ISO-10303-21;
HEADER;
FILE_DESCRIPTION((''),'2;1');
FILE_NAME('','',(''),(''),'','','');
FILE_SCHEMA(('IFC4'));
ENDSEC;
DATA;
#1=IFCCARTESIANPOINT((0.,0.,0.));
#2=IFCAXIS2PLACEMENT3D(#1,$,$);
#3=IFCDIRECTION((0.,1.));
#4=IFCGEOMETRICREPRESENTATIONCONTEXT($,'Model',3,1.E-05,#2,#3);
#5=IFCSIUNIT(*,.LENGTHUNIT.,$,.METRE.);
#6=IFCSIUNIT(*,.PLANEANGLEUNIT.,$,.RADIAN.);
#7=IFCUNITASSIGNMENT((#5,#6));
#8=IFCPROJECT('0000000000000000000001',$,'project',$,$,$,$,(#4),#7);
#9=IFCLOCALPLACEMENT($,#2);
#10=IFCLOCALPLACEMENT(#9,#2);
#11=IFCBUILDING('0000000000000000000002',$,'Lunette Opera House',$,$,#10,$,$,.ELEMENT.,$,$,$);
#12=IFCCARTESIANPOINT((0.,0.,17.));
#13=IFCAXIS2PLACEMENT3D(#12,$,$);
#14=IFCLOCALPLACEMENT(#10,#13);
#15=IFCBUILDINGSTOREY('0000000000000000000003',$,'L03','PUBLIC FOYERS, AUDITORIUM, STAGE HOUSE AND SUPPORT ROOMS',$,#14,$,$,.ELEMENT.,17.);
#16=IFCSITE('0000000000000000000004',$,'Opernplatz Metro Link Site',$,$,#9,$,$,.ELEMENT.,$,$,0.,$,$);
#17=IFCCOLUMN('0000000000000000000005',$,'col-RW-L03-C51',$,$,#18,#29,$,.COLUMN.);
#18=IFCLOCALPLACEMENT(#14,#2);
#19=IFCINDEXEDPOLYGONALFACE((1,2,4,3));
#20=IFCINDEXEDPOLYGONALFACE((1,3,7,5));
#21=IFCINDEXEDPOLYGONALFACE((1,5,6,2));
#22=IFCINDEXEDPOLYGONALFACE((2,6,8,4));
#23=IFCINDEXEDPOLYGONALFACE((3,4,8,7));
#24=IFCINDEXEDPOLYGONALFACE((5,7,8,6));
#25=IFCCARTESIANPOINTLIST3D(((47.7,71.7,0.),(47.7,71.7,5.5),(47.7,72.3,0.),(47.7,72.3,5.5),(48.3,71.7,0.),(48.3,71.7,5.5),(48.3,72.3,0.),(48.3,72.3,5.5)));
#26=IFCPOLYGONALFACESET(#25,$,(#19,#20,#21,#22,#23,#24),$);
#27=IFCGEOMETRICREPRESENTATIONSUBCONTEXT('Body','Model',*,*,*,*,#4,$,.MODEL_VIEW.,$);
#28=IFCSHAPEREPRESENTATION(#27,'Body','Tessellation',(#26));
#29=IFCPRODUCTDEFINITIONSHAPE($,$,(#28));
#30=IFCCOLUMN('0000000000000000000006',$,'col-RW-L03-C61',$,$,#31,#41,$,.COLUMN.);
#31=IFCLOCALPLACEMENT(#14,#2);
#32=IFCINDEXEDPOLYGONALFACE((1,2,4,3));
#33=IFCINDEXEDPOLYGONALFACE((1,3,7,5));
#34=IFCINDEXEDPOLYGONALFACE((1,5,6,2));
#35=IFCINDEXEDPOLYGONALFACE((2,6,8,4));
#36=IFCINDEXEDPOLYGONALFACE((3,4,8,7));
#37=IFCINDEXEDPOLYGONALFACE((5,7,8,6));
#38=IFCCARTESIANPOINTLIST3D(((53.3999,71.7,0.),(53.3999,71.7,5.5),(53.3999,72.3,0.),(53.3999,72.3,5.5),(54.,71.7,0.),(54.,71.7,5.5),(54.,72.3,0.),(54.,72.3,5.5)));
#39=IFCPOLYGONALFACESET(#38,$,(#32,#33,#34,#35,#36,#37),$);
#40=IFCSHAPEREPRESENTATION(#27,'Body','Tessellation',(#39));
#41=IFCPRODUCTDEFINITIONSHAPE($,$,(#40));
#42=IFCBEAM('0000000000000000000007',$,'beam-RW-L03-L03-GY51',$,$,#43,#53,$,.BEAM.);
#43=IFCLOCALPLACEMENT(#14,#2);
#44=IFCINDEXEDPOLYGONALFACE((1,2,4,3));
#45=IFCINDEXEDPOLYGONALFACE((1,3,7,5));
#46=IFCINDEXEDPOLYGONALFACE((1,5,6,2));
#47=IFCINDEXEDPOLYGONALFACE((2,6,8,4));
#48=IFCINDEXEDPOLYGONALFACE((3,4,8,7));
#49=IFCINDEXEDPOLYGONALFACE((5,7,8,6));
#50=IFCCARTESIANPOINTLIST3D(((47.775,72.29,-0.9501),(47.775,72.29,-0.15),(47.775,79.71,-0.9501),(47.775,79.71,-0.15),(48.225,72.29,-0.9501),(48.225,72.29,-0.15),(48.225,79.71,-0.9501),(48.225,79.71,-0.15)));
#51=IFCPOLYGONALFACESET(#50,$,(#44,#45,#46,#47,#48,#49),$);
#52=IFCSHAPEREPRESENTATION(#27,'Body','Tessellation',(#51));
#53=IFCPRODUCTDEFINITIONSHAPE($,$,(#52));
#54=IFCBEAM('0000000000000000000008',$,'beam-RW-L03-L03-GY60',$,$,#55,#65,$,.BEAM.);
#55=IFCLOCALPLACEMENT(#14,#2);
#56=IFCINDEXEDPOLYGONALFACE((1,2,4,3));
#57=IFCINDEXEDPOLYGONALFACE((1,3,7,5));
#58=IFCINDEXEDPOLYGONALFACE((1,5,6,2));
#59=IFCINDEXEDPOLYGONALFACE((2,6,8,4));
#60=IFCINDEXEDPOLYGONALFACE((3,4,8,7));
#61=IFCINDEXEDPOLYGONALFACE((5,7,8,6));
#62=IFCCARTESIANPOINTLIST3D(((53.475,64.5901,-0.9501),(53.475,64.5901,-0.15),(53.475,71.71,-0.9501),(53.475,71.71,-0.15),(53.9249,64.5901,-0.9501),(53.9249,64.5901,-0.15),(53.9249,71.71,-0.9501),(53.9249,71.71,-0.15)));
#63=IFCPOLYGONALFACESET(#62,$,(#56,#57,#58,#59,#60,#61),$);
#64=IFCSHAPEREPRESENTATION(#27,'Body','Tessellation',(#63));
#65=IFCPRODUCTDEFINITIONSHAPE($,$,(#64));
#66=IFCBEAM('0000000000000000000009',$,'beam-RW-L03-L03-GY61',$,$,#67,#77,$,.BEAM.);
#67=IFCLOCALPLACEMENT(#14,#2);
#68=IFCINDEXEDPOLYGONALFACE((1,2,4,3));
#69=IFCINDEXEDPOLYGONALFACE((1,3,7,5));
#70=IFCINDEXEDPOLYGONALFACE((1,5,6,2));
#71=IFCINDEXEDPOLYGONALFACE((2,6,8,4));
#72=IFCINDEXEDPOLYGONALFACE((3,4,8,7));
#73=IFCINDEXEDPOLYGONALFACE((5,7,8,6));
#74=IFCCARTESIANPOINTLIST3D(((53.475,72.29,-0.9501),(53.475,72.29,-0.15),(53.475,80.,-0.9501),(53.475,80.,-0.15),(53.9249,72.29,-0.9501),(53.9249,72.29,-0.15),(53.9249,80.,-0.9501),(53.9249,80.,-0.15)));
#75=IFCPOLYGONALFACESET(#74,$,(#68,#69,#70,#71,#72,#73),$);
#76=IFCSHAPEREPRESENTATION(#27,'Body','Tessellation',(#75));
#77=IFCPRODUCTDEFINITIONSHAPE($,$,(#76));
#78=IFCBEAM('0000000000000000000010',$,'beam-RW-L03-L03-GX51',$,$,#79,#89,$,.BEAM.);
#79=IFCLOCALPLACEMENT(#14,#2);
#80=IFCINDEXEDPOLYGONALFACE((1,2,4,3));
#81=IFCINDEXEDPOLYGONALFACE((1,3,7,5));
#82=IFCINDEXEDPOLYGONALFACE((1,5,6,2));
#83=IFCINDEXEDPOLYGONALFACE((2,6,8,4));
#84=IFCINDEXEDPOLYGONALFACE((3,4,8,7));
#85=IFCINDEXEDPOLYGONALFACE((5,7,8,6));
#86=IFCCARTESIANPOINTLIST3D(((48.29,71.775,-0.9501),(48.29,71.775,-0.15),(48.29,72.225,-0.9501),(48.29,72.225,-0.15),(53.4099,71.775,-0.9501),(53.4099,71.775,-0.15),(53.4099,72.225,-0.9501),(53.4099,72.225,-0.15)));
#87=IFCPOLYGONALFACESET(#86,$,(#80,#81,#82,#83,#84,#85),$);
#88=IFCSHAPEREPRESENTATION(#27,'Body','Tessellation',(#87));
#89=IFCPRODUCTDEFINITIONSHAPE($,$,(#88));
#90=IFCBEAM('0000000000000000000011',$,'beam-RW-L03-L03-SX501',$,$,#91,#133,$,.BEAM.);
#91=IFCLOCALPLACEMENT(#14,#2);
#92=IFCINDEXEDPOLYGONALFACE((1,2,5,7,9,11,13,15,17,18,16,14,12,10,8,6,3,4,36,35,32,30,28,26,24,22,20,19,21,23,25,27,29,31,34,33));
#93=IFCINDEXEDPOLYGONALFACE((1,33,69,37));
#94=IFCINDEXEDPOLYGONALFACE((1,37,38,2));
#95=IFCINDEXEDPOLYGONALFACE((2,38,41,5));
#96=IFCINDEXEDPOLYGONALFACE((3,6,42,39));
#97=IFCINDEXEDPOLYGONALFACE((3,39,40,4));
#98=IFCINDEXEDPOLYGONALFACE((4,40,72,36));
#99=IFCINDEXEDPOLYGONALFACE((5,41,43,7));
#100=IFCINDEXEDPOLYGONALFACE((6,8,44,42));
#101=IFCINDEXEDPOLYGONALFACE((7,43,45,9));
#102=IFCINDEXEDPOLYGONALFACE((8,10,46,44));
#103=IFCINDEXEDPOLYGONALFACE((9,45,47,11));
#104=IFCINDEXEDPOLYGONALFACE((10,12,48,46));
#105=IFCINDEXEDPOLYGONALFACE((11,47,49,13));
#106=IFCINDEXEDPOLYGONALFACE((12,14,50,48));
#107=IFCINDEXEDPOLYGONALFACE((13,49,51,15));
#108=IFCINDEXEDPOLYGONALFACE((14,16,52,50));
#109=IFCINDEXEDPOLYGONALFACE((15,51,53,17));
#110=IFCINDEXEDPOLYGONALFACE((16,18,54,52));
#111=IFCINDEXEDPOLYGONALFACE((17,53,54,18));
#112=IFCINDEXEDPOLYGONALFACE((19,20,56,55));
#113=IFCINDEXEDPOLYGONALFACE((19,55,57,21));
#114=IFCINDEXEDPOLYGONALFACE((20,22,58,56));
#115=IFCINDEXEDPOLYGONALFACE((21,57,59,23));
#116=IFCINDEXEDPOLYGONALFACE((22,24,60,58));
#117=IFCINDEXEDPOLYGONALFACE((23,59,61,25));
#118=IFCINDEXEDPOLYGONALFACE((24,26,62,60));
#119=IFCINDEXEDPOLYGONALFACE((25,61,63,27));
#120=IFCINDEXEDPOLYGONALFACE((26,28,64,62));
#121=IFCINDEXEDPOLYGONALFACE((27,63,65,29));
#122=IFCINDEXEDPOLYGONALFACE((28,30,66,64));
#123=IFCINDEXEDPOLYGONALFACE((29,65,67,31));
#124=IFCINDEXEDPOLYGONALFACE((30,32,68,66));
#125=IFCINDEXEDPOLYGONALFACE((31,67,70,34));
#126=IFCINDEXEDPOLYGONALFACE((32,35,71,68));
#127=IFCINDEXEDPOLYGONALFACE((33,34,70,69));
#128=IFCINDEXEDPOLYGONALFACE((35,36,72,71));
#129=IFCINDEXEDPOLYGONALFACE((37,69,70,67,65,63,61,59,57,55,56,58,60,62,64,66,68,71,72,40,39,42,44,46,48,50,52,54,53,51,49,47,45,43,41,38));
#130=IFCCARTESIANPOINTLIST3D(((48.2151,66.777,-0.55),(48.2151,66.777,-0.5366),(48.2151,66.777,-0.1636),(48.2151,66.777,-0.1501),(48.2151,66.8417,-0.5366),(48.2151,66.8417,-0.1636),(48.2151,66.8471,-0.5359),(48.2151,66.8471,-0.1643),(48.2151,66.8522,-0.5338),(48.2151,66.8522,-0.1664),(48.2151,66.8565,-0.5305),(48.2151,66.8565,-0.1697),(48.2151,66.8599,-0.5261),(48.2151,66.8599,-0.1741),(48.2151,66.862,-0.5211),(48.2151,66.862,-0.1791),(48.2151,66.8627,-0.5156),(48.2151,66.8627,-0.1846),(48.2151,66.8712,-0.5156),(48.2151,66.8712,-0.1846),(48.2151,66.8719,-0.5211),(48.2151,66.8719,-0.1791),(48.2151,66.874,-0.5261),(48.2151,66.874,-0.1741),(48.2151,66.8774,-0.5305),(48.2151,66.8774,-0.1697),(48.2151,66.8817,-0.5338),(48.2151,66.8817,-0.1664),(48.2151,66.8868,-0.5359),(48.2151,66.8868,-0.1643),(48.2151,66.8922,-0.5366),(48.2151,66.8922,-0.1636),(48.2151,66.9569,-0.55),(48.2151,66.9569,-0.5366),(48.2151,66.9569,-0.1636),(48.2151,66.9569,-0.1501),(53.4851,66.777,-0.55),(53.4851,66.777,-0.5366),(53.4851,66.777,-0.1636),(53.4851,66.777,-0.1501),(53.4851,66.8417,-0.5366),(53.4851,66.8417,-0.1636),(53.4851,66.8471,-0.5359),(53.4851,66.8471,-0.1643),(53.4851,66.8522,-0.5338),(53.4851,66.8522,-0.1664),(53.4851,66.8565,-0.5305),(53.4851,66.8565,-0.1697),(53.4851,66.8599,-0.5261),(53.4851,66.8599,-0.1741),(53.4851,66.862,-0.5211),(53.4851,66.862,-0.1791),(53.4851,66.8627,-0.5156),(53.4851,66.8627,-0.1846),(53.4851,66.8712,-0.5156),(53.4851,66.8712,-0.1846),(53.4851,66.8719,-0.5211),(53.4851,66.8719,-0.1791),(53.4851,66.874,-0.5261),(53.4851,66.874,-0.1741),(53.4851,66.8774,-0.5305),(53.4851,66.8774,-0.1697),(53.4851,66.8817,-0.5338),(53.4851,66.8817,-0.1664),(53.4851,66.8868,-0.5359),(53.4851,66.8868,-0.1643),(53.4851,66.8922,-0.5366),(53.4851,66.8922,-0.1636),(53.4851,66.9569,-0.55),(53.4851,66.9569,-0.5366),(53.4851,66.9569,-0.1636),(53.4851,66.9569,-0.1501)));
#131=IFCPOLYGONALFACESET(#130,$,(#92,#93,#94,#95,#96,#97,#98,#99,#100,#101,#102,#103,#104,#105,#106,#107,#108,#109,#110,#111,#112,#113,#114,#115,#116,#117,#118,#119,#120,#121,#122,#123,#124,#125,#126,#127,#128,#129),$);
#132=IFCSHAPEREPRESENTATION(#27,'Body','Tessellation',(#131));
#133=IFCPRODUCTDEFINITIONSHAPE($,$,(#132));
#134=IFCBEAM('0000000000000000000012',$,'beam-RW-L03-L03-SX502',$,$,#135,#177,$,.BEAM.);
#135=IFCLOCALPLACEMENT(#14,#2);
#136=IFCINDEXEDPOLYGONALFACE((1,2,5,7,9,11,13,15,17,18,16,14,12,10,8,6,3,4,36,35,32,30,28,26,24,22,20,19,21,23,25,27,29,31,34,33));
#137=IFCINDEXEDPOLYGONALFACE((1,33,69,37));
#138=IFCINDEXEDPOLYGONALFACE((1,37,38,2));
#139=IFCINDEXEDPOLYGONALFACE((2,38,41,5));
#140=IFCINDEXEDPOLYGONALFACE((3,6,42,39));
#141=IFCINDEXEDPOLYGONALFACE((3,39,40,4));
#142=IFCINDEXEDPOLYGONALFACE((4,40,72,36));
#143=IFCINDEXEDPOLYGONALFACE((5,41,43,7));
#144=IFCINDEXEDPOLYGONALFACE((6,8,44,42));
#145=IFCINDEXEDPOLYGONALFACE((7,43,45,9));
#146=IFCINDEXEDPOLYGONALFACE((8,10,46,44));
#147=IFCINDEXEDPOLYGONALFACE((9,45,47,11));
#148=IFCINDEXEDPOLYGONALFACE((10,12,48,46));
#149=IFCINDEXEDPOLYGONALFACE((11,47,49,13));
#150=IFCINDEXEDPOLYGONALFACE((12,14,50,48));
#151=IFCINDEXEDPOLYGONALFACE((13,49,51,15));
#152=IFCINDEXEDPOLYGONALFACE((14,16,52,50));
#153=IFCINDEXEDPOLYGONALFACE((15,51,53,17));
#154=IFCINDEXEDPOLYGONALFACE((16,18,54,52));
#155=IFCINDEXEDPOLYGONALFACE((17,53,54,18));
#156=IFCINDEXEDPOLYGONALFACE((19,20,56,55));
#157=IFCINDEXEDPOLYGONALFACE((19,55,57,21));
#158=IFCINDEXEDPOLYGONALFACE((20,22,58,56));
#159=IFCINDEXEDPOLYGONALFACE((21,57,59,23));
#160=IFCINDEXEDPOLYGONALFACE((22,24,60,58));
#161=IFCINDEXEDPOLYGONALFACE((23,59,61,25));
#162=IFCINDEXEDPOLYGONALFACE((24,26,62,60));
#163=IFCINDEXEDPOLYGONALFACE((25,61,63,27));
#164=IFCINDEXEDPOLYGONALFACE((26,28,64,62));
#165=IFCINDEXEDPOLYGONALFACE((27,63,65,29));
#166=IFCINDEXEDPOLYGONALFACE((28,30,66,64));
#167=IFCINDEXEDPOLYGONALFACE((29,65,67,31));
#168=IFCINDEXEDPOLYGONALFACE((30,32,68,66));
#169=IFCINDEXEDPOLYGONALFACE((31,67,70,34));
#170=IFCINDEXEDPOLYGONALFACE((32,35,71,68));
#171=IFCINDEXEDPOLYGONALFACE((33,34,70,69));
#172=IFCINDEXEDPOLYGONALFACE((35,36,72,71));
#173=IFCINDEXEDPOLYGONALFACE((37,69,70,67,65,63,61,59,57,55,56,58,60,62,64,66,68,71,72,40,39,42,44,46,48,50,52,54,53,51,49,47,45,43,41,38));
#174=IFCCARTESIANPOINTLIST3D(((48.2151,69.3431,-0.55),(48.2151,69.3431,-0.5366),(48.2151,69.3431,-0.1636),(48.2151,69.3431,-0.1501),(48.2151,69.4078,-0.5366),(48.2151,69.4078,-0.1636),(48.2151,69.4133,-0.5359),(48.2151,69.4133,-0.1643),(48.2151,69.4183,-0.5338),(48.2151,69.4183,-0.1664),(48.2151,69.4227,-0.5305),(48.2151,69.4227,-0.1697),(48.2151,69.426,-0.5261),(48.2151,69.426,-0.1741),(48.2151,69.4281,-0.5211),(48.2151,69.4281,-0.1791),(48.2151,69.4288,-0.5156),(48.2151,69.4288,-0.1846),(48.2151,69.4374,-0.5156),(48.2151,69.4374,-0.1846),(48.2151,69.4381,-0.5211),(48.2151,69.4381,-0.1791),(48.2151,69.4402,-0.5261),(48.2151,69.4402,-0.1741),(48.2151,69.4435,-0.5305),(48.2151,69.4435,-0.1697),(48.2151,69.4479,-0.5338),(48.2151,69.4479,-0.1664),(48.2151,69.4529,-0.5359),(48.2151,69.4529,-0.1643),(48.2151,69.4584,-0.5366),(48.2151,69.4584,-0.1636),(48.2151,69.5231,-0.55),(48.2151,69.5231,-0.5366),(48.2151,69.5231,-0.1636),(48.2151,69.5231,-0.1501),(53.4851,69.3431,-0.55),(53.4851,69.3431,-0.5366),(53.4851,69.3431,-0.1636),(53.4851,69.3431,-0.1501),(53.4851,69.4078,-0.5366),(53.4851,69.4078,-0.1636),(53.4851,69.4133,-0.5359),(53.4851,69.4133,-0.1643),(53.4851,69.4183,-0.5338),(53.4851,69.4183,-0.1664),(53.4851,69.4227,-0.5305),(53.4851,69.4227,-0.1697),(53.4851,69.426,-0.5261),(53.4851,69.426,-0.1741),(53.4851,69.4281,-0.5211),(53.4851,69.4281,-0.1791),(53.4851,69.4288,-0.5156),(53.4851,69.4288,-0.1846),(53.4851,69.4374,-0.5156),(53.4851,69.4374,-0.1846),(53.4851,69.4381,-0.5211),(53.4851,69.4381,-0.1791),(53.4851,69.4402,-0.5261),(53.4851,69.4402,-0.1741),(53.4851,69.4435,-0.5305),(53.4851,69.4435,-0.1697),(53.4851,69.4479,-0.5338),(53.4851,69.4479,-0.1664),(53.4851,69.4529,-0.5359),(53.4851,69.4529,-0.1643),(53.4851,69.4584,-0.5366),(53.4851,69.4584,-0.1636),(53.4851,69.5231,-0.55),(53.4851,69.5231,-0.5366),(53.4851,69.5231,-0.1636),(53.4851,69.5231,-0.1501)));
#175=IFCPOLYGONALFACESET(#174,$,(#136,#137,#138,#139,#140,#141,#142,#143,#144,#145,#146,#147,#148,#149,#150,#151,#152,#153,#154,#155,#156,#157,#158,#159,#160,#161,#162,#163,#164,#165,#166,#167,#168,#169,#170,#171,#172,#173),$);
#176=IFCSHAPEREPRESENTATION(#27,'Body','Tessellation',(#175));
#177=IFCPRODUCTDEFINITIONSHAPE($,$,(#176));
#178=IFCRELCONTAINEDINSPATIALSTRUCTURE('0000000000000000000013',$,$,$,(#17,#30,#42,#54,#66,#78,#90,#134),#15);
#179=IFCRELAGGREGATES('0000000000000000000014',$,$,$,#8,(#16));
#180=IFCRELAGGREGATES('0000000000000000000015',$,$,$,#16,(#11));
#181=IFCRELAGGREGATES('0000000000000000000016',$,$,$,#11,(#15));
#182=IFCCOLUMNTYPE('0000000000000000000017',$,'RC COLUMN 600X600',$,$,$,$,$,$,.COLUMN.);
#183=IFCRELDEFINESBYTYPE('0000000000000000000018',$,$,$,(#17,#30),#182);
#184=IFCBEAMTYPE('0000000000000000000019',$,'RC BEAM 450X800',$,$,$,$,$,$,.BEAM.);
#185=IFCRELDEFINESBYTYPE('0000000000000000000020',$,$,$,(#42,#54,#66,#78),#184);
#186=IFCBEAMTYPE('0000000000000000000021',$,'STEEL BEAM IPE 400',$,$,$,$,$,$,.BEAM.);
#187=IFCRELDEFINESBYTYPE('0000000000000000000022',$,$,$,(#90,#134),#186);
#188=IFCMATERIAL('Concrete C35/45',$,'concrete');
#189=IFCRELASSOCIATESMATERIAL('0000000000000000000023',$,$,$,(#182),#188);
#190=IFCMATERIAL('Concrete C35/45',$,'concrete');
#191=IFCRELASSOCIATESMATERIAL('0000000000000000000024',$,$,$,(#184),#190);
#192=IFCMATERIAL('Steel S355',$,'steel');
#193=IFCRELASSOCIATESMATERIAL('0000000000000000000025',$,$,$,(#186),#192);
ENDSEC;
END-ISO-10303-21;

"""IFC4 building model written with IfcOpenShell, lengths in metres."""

from ifc_helpers import new_model, si_unit, direction, frame, origin, origin_2d, place, context, subcontext, project, spatial, rectangle, i_section, extrude, material, material_profile, profile_set, type_object, element, save


model = new_model("IFC4")

# Units and contexts
model_context = context("Model", 3, precision=1e-05, world=origin(), true_north=direction((0.0, 1.0)))
body_context = subcontext(model_context, "Body", "Model", "MODEL_VIEW")
ifc_project = project(units=[si_unit("LENGTHUNIT", "METRE"), si_unit("PLANEANGLEUNIT", "RADIAN")], contexts=[model_context])

# Site, building, storey
site_placement = place(None, origin())
site = spatial("IfcSite", under=ifc_project, at=site_placement, Name="Opernplatz Metro Link Site", CompositionType="ELEMENT", RefElevation=0.0)
building_placement = place(site_placement, origin())
building = spatial("IfcBuilding", under=site, at=building_placement, Name="Lunette Opera House", CompositionType="ELEMENT")
storey_placement = place(building_placement, frame((0.0, 0.0, 17.0)))
storey = spatial("IfcBuildingStorey", under=building, at=storey_placement, Name="L03", Description="PUBLIC FOYERS, AUDITORIUM, STAGE HOUSE AND SUPPORT ROOMS", CompositionType="ELEMENT", Elevation=17.0)

# Columns
ifc_material_1 = material(Name="Concrete C35/45", Category="concrete")
ifc_material_profile_1 = material_profile(ifc_material_1, rectangle(XDim=0.6001, YDim=0.6001, at=origin_2d()), Name="RC COLUMN 600X600")
ifc_profile_set_1 = profile_set([ifc_material_profile_1], Name="Concrete C35/45")
column_type = type_object("IfcColumnType", Name="RC COLUMN 600X600", PredefinedType="COLUMN", material=ifc_profile_set_1)
for number, where, z_axis, x_axis, name in (
    (1, (48.0, 72.0, 0.0), (0.0, 0.0, 1.0), (1.0, 0.0, 0.0), "col-RW-L03-C51"),
    (2, (53.7, 72.0, 0.0), (0.0, 0.0, 1.0), (1.0, 0.0, 0.0), "col-RW-L03-C61"),
):
    element("IfcColumn", number, at=place(storey_placement, frame(where, z_axis=z_axis, x_axis=x_axis)), inside=storey, type_object=column_type, Name=name, PredefinedType="COLUMN", context=body_context, shape_type="SweptSolid", body=[
        extrude(rectangle(XDim=0.6001, YDim=0.6001, at=origin_2d()), origin(), (0.0, 0.0, 1.0), 5.5),
    ])

# Beams
ifc_material_2 = material(Name="Concrete C35/45", Category="concrete")
ifc_material_profile_2 = material_profile(ifc_material_2, rectangle(XDim=0.45, YDim=0.8, at=origin_2d()), Name="RC BEAM 450X800")
ifc_profile_set_2 = profile_set([ifc_material_profile_2], Name="Concrete C35/45")
beam_type_1 = type_object("IfcBeamType", Name="RC BEAM 450X800", PredefinedType="BEAM", material=ifc_profile_set_2)
beam_1_placement = place(storey_placement, frame((48.0, 72.29, -0.55), z_axis=(0.0, 1.0, 0.0), x_axis=(-1.0, 0.0, 0.0)))
element("IfcBeam", 3, at=beam_1_placement, inside=storey, type_object=beam_type_1, Name="beam-RW-L03-L03-GY51", PredefinedType="BEAM", context=body_context, shape_type="SweptSolid", body=[
    extrude(rectangle(XDim=0.45, YDim=0.8, at=origin_2d()), origin(), (0.0, 0.0, 1.0), 7.4199),
])
beam_2_placement = place(storey_placement, frame((53.7, 64.5901, -0.55), z_axis=(0.0, 1.0, 0.0), x_axis=(-1.0, 0.0, 0.0)))
element("IfcBeam", 4, at=beam_2_placement, inside=storey, type_object=beam_type_1, Name="beam-RW-L03-L03-GY60", PredefinedType="BEAM", context=body_context, shape_type="SweptSolid", body=[
    extrude(rectangle(XDim=0.45, YDim=0.8, at=origin_2d()), origin(), (0.0, 0.0, 1.0), 7.1199),
])
beam_3_placement = place(storey_placement, frame((53.7, 72.29, -0.55), z_axis=(0.0, 1.0, 0.0), x_axis=(-1.0, 0.0, 0.0)))
element("IfcBeam", 5, at=beam_3_placement, inside=storey, type_object=beam_type_1, Name="beam-RW-L03-L03-GY61", PredefinedType="BEAM", context=body_context, shape_type="SweptSolid", body=[
    extrude(rectangle(XDim=0.45, YDim=0.8, at=origin_2d()), origin(), (0.0, 0.0, 1.0), 7.71),
])
beam_4_placement = place(storey_placement, frame((48.29, 72.0, -0.55), z_axis=(1.0, 0.0, 0.0), x_axis=(0.0, 1.0, 0.0)))
element("IfcBeam", 6, at=beam_4_placement, inside=storey, type_object=beam_type_1, Name="beam-RW-L03-L03-GX51", PredefinedType="BEAM", context=body_context, shape_type="SweptSolid", body=[
    extrude(rectangle(XDim=0.45, YDim=0.8, at=origin_2d()), origin(), (0.0, 0.0, 1.0), 5.1199),
])
ifc_material_3 = material(Name="Steel S355", Category="steel")
ifc_material_profile_3 = material_profile(ifc_material_3, i_section(OverallWidth=0.1799, OverallDepth=0.3999, WebThickness=0.0085, FlangeThickness=0.0134, FilletRadius=0.021, at=origin_2d()), Name="IPE 400")
ifc_profile_set_3 = profile_set([ifc_material_profile_3], Name="Steel S355")
beam_type_2 = type_object("IfcBeamType", Name="STEEL BEAM IPE 400", PredefinedType="BEAM", material=ifc_profile_set_3)
for number, where, z_axis, x_axis, name in (
    (7, (48.2151, 66.8669, -0.3501), (1.0, 0.0, 0.0), (0.0, 1.0, 0.0), "beam-RW-L03-L03-SX501"),
    (8, (48.2151, 69.4331, -0.3501), (1.0, 0.0, 0.0), (0.0, 1.0, 0.0), "beam-RW-L03-L03-SX502"),
):
    element("IfcBeam", number, at=place(storey_placement, frame(where, z_axis=z_axis, x_axis=x_axis)), inside=storey, type_object=beam_type_2, Name=name, PredefinedType="BEAM", context=body_context, shape_type="SweptSolid", body=[
        extrude(i_section(OverallWidth=0.1799, OverallDepth=0.3999, WebThickness=0.0085, FlangeThickness=0.0134, FilletRadius=0.021, at=origin_2d()), origin(), (0.0, 0.0, 1.0), 5.27),
    ])

save(model, "model.ifc")
